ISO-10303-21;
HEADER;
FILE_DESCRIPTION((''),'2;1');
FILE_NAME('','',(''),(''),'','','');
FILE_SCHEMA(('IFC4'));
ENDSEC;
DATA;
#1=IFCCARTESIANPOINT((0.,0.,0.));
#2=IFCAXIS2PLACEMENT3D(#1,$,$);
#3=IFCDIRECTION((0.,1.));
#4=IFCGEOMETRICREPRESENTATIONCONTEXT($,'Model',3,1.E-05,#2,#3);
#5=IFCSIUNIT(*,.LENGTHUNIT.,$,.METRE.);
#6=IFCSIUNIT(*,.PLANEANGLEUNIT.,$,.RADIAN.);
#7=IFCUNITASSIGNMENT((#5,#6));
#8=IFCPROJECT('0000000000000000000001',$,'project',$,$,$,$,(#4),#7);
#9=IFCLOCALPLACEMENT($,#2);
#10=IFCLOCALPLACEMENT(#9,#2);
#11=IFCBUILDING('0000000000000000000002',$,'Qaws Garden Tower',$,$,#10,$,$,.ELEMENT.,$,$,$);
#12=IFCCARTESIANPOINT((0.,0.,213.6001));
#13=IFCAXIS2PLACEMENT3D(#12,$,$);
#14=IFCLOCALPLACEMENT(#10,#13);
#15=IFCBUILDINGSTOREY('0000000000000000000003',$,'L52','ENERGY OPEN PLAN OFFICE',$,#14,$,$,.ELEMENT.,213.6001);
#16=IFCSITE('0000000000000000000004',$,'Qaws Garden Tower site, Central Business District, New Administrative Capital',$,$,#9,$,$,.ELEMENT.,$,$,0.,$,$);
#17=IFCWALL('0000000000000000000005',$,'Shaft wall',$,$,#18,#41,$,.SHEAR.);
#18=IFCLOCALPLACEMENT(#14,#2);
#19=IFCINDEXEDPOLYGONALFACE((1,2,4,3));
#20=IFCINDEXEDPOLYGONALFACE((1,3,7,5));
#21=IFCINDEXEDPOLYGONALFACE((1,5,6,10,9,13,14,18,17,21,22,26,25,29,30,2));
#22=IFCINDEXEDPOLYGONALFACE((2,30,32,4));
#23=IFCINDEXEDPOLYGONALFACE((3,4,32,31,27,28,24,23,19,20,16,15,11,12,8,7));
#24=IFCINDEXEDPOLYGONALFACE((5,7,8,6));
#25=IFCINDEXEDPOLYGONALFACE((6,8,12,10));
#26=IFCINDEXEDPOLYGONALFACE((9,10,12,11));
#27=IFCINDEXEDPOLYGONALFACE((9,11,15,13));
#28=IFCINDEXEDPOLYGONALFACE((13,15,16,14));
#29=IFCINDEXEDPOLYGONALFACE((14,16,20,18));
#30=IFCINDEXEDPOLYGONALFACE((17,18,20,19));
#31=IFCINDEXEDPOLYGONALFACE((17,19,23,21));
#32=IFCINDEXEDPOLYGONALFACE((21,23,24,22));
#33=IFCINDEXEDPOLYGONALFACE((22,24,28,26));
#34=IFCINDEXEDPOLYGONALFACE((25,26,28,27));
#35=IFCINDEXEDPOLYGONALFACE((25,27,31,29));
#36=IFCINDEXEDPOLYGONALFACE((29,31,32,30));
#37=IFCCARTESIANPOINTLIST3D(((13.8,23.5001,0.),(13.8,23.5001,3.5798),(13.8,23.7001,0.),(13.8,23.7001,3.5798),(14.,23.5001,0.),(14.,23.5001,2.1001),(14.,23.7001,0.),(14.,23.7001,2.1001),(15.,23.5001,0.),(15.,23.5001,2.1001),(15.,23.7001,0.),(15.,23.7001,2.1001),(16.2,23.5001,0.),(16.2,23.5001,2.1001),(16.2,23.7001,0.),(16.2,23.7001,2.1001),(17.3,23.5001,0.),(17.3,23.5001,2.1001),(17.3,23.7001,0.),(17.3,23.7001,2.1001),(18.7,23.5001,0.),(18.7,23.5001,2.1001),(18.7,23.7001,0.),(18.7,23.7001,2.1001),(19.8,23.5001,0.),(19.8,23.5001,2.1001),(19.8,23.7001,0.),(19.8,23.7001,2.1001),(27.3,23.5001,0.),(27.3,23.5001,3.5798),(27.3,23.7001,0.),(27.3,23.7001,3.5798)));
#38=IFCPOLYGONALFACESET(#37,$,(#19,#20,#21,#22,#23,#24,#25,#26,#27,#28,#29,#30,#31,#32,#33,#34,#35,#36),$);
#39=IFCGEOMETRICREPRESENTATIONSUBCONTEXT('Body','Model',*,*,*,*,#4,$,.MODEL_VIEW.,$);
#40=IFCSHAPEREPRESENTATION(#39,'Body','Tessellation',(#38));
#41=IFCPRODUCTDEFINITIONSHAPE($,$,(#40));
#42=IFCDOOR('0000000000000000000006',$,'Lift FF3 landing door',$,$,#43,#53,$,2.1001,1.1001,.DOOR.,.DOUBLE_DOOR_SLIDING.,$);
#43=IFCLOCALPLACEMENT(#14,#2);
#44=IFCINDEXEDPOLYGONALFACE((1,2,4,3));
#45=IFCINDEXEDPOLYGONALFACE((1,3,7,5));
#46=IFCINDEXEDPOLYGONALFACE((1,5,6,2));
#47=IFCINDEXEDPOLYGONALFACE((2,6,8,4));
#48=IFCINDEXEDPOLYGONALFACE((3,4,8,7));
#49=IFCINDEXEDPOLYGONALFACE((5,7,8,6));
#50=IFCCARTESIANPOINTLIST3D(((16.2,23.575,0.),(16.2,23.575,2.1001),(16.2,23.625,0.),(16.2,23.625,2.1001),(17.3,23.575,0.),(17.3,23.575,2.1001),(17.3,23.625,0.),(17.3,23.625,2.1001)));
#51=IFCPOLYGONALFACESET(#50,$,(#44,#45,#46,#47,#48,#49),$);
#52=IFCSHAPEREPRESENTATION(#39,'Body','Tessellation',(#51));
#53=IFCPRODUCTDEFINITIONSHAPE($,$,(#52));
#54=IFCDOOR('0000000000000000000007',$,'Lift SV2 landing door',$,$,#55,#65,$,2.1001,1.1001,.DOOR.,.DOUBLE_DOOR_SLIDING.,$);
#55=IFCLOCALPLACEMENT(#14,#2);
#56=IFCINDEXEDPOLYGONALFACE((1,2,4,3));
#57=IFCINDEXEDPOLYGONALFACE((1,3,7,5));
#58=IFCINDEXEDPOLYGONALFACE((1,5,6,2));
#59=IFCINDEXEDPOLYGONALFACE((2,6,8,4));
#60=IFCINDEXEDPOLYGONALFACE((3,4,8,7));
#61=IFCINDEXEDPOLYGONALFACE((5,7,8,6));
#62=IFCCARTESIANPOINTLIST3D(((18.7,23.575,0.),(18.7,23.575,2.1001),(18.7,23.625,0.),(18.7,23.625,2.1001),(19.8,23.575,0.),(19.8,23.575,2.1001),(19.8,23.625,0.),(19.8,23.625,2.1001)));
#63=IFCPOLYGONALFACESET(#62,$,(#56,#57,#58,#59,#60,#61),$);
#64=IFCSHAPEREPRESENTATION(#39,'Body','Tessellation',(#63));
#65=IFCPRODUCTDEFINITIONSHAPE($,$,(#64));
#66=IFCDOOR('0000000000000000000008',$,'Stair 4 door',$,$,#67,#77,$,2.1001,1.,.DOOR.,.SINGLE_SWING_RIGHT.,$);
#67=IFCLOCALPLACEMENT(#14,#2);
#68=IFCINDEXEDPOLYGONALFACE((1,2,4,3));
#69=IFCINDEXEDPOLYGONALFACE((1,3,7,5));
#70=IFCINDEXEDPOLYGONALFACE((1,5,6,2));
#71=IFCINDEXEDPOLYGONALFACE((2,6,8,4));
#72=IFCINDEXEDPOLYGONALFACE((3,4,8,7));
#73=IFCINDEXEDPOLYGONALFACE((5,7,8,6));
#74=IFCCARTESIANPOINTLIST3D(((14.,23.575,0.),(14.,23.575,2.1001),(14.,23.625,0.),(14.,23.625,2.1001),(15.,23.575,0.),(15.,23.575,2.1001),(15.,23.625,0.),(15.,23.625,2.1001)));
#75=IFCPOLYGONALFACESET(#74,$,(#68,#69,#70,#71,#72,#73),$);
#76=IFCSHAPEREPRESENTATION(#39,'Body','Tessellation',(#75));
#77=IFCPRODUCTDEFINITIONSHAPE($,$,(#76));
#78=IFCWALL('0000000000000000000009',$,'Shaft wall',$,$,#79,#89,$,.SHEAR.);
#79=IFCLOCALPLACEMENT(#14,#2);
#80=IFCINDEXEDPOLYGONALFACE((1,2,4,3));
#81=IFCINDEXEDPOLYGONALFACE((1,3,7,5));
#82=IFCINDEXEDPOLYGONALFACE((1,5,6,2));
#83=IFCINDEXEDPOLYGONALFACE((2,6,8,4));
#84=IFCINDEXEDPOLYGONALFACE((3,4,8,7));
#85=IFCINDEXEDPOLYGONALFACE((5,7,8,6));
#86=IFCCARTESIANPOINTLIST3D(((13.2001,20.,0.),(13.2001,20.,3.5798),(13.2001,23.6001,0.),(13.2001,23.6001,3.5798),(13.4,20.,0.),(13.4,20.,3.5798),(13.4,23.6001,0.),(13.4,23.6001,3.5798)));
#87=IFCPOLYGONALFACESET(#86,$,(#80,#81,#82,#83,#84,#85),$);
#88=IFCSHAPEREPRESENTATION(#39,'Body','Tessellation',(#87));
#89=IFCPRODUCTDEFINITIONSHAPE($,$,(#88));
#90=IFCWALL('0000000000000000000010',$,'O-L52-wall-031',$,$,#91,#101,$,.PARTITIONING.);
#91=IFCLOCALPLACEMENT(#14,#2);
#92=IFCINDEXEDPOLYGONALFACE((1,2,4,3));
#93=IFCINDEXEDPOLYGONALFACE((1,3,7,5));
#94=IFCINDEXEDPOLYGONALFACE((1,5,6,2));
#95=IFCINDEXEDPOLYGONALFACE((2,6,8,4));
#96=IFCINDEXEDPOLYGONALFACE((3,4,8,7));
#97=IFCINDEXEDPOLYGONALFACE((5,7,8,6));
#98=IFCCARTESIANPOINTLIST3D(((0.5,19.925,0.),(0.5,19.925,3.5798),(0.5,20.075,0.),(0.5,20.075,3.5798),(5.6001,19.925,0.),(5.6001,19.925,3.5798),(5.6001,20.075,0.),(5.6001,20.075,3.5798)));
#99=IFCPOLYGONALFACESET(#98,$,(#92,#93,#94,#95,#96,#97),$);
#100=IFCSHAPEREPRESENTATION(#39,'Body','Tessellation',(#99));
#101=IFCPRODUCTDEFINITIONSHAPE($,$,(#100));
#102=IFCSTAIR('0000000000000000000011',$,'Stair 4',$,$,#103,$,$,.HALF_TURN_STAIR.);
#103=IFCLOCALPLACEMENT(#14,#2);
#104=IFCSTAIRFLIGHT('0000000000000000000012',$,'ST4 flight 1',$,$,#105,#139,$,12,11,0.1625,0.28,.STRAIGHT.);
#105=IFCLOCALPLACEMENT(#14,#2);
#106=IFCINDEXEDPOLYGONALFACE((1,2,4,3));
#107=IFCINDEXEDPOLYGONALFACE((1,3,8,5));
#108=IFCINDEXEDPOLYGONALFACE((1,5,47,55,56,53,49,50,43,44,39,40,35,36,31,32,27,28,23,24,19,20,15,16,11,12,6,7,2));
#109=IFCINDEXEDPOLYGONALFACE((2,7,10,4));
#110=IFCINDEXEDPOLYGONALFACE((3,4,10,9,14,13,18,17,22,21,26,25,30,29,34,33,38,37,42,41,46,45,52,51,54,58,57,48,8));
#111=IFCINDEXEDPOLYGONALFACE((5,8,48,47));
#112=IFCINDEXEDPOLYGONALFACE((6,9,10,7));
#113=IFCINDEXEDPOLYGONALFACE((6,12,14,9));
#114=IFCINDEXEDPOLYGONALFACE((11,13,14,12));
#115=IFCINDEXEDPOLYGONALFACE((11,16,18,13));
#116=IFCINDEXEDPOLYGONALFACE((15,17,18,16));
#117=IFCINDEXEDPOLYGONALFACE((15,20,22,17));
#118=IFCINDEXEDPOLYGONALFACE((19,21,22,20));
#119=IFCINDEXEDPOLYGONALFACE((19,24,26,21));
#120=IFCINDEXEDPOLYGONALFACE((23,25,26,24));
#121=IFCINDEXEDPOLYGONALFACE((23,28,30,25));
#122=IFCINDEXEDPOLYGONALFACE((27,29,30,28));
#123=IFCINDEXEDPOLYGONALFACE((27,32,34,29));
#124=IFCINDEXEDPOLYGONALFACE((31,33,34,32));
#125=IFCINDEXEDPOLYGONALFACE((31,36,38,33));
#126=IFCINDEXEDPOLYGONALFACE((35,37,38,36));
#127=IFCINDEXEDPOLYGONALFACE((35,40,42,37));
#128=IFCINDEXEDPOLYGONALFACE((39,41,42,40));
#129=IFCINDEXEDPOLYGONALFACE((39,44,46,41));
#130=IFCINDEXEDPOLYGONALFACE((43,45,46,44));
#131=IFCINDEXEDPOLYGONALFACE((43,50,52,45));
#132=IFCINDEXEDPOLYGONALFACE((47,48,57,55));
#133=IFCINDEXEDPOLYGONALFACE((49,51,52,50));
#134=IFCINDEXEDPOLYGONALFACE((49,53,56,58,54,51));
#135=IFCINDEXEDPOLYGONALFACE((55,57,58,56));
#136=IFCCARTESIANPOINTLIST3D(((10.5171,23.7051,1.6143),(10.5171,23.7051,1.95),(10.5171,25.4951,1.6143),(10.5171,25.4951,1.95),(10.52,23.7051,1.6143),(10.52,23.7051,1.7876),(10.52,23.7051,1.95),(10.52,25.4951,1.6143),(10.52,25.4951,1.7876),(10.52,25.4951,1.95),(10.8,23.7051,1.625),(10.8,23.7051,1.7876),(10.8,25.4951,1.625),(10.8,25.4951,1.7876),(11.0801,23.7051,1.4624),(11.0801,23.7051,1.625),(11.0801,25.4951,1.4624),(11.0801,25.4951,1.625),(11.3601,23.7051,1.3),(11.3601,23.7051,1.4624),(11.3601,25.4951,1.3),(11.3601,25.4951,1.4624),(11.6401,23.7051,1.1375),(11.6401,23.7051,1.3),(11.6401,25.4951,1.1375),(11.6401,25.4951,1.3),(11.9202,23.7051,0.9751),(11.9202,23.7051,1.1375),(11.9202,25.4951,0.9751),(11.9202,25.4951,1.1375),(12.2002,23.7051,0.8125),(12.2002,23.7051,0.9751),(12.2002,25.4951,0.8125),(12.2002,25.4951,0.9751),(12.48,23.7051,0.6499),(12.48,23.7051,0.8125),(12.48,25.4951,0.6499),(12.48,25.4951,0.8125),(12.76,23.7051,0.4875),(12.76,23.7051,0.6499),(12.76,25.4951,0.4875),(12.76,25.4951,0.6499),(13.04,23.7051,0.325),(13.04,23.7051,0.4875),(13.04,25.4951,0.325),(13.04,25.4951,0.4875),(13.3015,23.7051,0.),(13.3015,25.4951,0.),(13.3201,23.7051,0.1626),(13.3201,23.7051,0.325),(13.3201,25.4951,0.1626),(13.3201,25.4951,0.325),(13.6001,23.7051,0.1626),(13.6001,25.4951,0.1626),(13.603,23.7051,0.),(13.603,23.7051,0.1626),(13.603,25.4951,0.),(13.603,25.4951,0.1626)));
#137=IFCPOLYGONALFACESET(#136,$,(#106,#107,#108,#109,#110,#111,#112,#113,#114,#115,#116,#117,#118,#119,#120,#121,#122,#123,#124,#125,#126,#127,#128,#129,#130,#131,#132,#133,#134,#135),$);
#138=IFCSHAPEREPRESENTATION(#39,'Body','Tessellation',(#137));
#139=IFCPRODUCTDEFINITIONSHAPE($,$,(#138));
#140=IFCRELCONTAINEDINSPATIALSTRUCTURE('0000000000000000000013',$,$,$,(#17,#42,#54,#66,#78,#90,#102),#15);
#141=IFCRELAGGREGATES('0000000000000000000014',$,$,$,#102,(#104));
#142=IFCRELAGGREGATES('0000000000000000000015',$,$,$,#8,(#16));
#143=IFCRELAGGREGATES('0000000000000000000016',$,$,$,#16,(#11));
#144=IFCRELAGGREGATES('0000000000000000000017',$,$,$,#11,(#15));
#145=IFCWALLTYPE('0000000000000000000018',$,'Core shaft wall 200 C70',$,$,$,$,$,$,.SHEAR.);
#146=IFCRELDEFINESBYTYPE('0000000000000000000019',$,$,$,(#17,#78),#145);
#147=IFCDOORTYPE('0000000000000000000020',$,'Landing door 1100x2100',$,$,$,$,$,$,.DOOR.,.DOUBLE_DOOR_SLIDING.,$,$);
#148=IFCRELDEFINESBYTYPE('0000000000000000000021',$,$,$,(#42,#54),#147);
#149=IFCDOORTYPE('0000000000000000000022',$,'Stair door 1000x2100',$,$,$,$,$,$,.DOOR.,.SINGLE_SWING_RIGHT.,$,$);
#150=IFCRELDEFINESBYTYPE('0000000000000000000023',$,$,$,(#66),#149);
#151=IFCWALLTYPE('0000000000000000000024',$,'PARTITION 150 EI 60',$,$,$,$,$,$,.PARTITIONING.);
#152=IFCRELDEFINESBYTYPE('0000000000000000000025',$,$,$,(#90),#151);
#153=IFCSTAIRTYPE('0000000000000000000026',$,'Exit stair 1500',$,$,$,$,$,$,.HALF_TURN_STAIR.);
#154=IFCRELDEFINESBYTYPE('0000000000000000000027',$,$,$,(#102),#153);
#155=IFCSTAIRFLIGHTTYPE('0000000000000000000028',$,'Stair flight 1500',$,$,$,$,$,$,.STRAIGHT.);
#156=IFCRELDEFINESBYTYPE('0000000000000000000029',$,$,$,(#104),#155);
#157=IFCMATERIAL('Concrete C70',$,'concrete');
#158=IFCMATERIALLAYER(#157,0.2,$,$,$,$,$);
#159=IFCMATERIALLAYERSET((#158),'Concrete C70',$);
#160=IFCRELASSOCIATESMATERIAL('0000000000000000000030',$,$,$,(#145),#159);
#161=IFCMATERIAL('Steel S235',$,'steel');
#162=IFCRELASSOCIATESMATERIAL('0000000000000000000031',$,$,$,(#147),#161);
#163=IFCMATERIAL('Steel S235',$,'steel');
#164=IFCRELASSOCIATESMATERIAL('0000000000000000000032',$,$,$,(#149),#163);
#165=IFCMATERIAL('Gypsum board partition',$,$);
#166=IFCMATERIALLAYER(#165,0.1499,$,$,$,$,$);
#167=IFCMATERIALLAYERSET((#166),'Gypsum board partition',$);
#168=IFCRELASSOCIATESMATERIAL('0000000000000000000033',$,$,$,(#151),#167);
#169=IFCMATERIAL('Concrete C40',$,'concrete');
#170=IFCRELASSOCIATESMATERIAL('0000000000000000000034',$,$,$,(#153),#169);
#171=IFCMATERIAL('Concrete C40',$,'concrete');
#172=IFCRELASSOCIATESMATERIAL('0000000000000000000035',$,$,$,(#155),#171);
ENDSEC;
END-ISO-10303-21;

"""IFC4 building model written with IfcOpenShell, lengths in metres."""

from ifc_helpers import new_model, si_unit, direction, frame, frame_2d, origin, place, context, subcontext, project, spatial, polyline, rectangle, outline, extrude, material, layer, layer_set, type_object, element, fill, aggregate, save


model = new_model("IFC4")

# Units and contexts
model_context = context("Model", 3, precision=1e-05, world=origin(), true_north=direction((0.0, 1.0)))
body_context = subcontext(model_context, "Body", "Model", "MODEL_VIEW")
ifc_project = project(units=[si_unit("LENGTHUNIT", "METRE"), si_unit("PLANEANGLEUNIT", "RADIAN")], contexts=[model_context])

# Site, building, storey
site_placement = place(None, origin())
site = spatial("IfcSite", under=ifc_project, at=site_placement, Name="Qaws Garden Tower site, Central Business District, New Administrative Capital", CompositionType="ELEMENT", RefElevation=0.0)
building_placement = place(site_placement, origin())
building = spatial("IfcBuilding", under=site, at=building_placement, Name="Qaws Garden Tower", CompositionType="ELEMENT")
storey_placement = place(building_placement, frame((0.0, 0.0, 213.6001)))
storey = spatial("IfcBuildingStorey", under=building, at=storey_placement, Name="L52", Description="ENERGY OPEN PLAN OFFICE", CompositionType="ELEMENT", Elevation=213.6001)

# Shared definitions
ifc_material_1 = material(Name="Concrete C70", Category="concrete")
ifc_layer_1 = layer(ifc_material_1, 0.2)
ifc_layer_set_1 = layer_set([ifc_layer_1], Name="Concrete C70")
wall_type_1 = type_object("IfcWallType", Name="Core shaft wall 200 C70", PredefinedType="SHEAR", material=ifc_layer_set_1)

# Wall, openings, doors
wall_1_placement = place(storey_placement, frame((13.8, 23.6001, 0.0), z_axis=(0.0, 0.0, 1.0), x_axis=(1.0, 0.0, 0.0)))
wall_1 = element("IfcWall", 1, at=wall_1_placement, inside=storey, type_object=wall_type_1, Name="Shaft wall", PredefinedType="SHEAR", context=body_context, shape_type="SweptSolid", body=[
    extrude(rectangle(XDim=13.5, YDim=0.2, at=frame_2d((6.75, 0.0))), origin(), (0.0, 0.0, 1.0), 3.5798),
])
opening_1_placement = place(wall_1_placement, frame((2.3999, 0.0, 0.0)))
opening_1 = element("IfcOpeningElement", 2, at=opening_1_placement, cuts=wall_1, PredefinedType="OPENING", context=body_context, shape_type="SweptSolid", body=[
    extrude(rectangle(XDim=1.1001, YDim=2.1001, at=frame_2d((0.55, 1.05))), frame((0.0, 0.1099, 0.0), z_axis=(0.0, -1.0, 0.0), x_axis=(1.0, 0.0, 0.0)), (0.0, 0.0, 1.0), 0.22),
])
opening_2_placement = place(wall_1_placement, frame((4.8999, 0.0, 0.0)))
opening_2 = element("IfcOpeningElement", 3, at=opening_2_placement, cuts=wall_1, PredefinedType="OPENING", context=body_context, shape_type="SweptSolid", body=[
    extrude(rectangle(XDim=1.1001, YDim=2.1001, at=frame_2d((0.55, 1.05))), frame((0.0, 0.1099, 0.0), z_axis=(0.0, -1.0, 0.0), x_axis=(1.0, 0.0, 0.0)), (0.0, 0.0, 1.0), 0.22),
])
opening_3_placement = place(wall_1_placement, frame((0.2, 0.0, 0.0)))
opening_3 = element("IfcOpeningElement", 4, at=opening_3_placement, cuts=wall_1, PredefinedType="OPENING", context=body_context, shape_type="SweptSolid", body=[
    extrude(rectangle(XDim=1.0, YDim=2.1001, at=frame_2d((0.5, 1.05))), frame((0.0, 0.1099, 0.0), z_axis=(0.0, -1.0, 0.0), x_axis=(1.0, 0.0, 0.0)), (0.0, 0.0, 1.0), 0.22),
])
ifc_material_2 = material(Name="Steel S235", Category="steel")
door_type_1 = type_object("IfcDoorType", Name="Landing door 1100x2100", OperationType="DOUBLE_DOOR_SLIDING", PredefinedType="DOOR", material=ifc_material_2)
door_1_placement = place(opening_1_placement, origin())
door_1 = element("IfcDoor", 5, at=door_1_placement, inside=storey, type_object=door_type_1, Name="Lift FF3 landing door", OperationType="DOUBLE_DOOR_SLIDING", OverallHeight=2.1001, OverallWidth=1.1001, PredefinedType="DOOR", context=body_context, shape_type="SweptSolid", body=[
    extrude(rectangle(XDim=1.1001, YDim=2.1001, at=frame_2d((0.55, 1.05))), frame((0.0, 0.0249, 0.0), z_axis=(0.0, -1.0, 0.0), x_axis=(1.0, 0.0, 0.0)), (0.0, 0.0, 1.0), 0.05),
])
fill(opening_1, door_1)
door_2_placement = place(opening_2_placement, origin())
door_2 = element("IfcDoor", 6, at=door_2_placement, inside=storey, type_object=door_type_1, Name="Lift SV2 landing door", OperationType="DOUBLE_DOOR_SLIDING", OverallHeight=2.1001, OverallWidth=1.1001, PredefinedType="DOOR", context=body_context, shape_type="SweptSolid", body=[
    extrude(rectangle(XDim=1.1001, YDim=2.1001, at=frame_2d((0.55, 1.05))), frame((0.0, 0.0249, 0.0), z_axis=(0.0, -1.0, 0.0), x_axis=(1.0, 0.0, 0.0)), (0.0, 0.0, 1.0), 0.05),
])
fill(opening_2, door_2)
ifc_material_3 = material(Name="Steel S235", Category="steel")
door_type_2 = type_object("IfcDoorType", Name="Stair door 1000x2100", OperationType="SINGLE_SWING_RIGHT", PredefinedType="DOOR", material=ifc_material_3)
door_3_placement = place(opening_3_placement, origin())
door_3 = element("IfcDoor", 7, at=door_3_placement, inside=storey, type_object=door_type_2, Name="Stair 4 door", OperationType="SINGLE_SWING_RIGHT", OverallHeight=2.1001, OverallWidth=1.0, PredefinedType="DOOR", context=body_context, shape_type="SweptSolid", body=[
    extrude(rectangle(XDim=1.0, YDim=2.1001, at=frame_2d((0.5, 1.05))), frame((0.0, 0.0249, 0.0), z_axis=(0.0, -1.0, 0.0), x_axis=(1.0, 0.0, 0.0)), (0.0, 0.0, 1.0), 0.05),
])
fill(opening_3, door_3)

# Walls
wall_2_placement = place(storey_placement, frame((13.3, 20.0, 0.0), z_axis=(0.0, 0.0, 1.0), x_axis=(0.0, 1.0, 0.0)))
element("IfcWall", 8, at=wall_2_placement, inside=storey, type_object=wall_type_1, Name="Shaft wall", PredefinedType="SHEAR", context=body_context, shape_type="SweptSolid", body=[
    extrude(rectangle(XDim=3.6001, YDim=0.2, at=frame_2d((1.8, 0.0))), origin(), (0.0, 0.0, 1.0), 3.5798),
])
ifc_material_4 = material(Name="Gypsum board partition")
ifc_layer_2 = layer(ifc_material_4, 0.1499)
ifc_layer_set_2 = layer_set([ifc_layer_2], Name="Gypsum board partition")
wall_type_2 = type_object("IfcWallType", Name="PARTITION 150 EI 60", PredefinedType="PARTITIONING", material=ifc_layer_set_2)
wall_3_placement = place(storey_placement, frame((0.5, 20.0, 0.0), z_axis=(0.0, 0.0, 1.0), x_axis=(1.0, 0.0, 0.0)))
element("IfcWall", 9, at=wall_3_placement, inside=storey, type_object=wall_type_2, Name="O-L52-wall-031", PredefinedType="PARTITIONING", context=body_context, shape_type="SweptSolid", body=[
    extrude(rectangle(XDim=5.1001, YDim=0.1499, at=frame_2d((2.55, 0.0))), origin(), (0.0, 0.0, 1.0), 3.5798),
])

# Stair, stair flight
ifc_material_5 = material(Name="Concrete C40", Category="concrete")
stair_type = type_object("IfcStairType", Name="Exit stair 1500", PredefinedType="HALF_TURN_STAIR", material=ifc_material_5)
stair_placement = place(storey_placement, origin())
stair = element("IfcStair", 10, at=stair_placement, inside=storey, type_object=stair_type, Name="Stair 4", PredefinedType="HALF_TURN_STAIR")
ifc_material_6 = material(Name="Concrete C40", Category="concrete")
stair_flight_type = type_object("IfcStairFlightType", Name="Stair flight 1500", PredefinedType="STRAIGHT", material=ifc_material_6)
stair_flight_placement = place(storey_placement, frame((13.6001, 24.6001, 0.0), z_axis=(0.0, 0.0, 1.0), x_axis=(-1.0, 0.0, 0.0)))
stair_flight = element("IfcStairFlight", 11, at=stair_flight_placement, type_object=stair_flight_type, Name="ST4 flight 1", NumberOfRisers=12, NumberOfTreads=11, PredefinedType="STRAIGHT", RiserHeight=0.1625, TreadLength=0.28, context=body_context, shape_type="SweptSolid", body=[
    extrude(outline(polyline([(-0.0029, 0.0), (-0.0029, 0.1626), (0.0, 0.1626), (0.28, 0.1626), (0.28, 0.325), (0.5601, 0.325), (0.5601, 0.4875), (0.8401, 0.4875), (0.8401, 0.6499), (1.1201, 0.6499), (1.1201, 0.8125), (1.3999, 0.8125), (1.3999, 0.9751), (1.6799, 0.9751), (1.6799, 1.1375), (1.96, 1.1375), (1.96, 1.3), (2.24, 1.3), (2.24, 1.4624), (2.52, 1.4624), (2.52, 1.625), (2.8, 1.625), (2.8, 1.7876), (3.0801, 1.7876), (3.0801, 1.95), (3.083, 1.95), (3.083, 1.6143), (3.0801, 1.6143), (0.2986, 0.0), (-0.0029, 0.0)])), frame((0.0, 0.895, 0.0), z_axis=(0.0, -1.0, 0.0), x_axis=(1.0, 0.0, 0.0)), (0.0, 0.0, 1.0), 1.79),
])
aggregate(stair, [stair_flight])

save(model, "model.ifc")
